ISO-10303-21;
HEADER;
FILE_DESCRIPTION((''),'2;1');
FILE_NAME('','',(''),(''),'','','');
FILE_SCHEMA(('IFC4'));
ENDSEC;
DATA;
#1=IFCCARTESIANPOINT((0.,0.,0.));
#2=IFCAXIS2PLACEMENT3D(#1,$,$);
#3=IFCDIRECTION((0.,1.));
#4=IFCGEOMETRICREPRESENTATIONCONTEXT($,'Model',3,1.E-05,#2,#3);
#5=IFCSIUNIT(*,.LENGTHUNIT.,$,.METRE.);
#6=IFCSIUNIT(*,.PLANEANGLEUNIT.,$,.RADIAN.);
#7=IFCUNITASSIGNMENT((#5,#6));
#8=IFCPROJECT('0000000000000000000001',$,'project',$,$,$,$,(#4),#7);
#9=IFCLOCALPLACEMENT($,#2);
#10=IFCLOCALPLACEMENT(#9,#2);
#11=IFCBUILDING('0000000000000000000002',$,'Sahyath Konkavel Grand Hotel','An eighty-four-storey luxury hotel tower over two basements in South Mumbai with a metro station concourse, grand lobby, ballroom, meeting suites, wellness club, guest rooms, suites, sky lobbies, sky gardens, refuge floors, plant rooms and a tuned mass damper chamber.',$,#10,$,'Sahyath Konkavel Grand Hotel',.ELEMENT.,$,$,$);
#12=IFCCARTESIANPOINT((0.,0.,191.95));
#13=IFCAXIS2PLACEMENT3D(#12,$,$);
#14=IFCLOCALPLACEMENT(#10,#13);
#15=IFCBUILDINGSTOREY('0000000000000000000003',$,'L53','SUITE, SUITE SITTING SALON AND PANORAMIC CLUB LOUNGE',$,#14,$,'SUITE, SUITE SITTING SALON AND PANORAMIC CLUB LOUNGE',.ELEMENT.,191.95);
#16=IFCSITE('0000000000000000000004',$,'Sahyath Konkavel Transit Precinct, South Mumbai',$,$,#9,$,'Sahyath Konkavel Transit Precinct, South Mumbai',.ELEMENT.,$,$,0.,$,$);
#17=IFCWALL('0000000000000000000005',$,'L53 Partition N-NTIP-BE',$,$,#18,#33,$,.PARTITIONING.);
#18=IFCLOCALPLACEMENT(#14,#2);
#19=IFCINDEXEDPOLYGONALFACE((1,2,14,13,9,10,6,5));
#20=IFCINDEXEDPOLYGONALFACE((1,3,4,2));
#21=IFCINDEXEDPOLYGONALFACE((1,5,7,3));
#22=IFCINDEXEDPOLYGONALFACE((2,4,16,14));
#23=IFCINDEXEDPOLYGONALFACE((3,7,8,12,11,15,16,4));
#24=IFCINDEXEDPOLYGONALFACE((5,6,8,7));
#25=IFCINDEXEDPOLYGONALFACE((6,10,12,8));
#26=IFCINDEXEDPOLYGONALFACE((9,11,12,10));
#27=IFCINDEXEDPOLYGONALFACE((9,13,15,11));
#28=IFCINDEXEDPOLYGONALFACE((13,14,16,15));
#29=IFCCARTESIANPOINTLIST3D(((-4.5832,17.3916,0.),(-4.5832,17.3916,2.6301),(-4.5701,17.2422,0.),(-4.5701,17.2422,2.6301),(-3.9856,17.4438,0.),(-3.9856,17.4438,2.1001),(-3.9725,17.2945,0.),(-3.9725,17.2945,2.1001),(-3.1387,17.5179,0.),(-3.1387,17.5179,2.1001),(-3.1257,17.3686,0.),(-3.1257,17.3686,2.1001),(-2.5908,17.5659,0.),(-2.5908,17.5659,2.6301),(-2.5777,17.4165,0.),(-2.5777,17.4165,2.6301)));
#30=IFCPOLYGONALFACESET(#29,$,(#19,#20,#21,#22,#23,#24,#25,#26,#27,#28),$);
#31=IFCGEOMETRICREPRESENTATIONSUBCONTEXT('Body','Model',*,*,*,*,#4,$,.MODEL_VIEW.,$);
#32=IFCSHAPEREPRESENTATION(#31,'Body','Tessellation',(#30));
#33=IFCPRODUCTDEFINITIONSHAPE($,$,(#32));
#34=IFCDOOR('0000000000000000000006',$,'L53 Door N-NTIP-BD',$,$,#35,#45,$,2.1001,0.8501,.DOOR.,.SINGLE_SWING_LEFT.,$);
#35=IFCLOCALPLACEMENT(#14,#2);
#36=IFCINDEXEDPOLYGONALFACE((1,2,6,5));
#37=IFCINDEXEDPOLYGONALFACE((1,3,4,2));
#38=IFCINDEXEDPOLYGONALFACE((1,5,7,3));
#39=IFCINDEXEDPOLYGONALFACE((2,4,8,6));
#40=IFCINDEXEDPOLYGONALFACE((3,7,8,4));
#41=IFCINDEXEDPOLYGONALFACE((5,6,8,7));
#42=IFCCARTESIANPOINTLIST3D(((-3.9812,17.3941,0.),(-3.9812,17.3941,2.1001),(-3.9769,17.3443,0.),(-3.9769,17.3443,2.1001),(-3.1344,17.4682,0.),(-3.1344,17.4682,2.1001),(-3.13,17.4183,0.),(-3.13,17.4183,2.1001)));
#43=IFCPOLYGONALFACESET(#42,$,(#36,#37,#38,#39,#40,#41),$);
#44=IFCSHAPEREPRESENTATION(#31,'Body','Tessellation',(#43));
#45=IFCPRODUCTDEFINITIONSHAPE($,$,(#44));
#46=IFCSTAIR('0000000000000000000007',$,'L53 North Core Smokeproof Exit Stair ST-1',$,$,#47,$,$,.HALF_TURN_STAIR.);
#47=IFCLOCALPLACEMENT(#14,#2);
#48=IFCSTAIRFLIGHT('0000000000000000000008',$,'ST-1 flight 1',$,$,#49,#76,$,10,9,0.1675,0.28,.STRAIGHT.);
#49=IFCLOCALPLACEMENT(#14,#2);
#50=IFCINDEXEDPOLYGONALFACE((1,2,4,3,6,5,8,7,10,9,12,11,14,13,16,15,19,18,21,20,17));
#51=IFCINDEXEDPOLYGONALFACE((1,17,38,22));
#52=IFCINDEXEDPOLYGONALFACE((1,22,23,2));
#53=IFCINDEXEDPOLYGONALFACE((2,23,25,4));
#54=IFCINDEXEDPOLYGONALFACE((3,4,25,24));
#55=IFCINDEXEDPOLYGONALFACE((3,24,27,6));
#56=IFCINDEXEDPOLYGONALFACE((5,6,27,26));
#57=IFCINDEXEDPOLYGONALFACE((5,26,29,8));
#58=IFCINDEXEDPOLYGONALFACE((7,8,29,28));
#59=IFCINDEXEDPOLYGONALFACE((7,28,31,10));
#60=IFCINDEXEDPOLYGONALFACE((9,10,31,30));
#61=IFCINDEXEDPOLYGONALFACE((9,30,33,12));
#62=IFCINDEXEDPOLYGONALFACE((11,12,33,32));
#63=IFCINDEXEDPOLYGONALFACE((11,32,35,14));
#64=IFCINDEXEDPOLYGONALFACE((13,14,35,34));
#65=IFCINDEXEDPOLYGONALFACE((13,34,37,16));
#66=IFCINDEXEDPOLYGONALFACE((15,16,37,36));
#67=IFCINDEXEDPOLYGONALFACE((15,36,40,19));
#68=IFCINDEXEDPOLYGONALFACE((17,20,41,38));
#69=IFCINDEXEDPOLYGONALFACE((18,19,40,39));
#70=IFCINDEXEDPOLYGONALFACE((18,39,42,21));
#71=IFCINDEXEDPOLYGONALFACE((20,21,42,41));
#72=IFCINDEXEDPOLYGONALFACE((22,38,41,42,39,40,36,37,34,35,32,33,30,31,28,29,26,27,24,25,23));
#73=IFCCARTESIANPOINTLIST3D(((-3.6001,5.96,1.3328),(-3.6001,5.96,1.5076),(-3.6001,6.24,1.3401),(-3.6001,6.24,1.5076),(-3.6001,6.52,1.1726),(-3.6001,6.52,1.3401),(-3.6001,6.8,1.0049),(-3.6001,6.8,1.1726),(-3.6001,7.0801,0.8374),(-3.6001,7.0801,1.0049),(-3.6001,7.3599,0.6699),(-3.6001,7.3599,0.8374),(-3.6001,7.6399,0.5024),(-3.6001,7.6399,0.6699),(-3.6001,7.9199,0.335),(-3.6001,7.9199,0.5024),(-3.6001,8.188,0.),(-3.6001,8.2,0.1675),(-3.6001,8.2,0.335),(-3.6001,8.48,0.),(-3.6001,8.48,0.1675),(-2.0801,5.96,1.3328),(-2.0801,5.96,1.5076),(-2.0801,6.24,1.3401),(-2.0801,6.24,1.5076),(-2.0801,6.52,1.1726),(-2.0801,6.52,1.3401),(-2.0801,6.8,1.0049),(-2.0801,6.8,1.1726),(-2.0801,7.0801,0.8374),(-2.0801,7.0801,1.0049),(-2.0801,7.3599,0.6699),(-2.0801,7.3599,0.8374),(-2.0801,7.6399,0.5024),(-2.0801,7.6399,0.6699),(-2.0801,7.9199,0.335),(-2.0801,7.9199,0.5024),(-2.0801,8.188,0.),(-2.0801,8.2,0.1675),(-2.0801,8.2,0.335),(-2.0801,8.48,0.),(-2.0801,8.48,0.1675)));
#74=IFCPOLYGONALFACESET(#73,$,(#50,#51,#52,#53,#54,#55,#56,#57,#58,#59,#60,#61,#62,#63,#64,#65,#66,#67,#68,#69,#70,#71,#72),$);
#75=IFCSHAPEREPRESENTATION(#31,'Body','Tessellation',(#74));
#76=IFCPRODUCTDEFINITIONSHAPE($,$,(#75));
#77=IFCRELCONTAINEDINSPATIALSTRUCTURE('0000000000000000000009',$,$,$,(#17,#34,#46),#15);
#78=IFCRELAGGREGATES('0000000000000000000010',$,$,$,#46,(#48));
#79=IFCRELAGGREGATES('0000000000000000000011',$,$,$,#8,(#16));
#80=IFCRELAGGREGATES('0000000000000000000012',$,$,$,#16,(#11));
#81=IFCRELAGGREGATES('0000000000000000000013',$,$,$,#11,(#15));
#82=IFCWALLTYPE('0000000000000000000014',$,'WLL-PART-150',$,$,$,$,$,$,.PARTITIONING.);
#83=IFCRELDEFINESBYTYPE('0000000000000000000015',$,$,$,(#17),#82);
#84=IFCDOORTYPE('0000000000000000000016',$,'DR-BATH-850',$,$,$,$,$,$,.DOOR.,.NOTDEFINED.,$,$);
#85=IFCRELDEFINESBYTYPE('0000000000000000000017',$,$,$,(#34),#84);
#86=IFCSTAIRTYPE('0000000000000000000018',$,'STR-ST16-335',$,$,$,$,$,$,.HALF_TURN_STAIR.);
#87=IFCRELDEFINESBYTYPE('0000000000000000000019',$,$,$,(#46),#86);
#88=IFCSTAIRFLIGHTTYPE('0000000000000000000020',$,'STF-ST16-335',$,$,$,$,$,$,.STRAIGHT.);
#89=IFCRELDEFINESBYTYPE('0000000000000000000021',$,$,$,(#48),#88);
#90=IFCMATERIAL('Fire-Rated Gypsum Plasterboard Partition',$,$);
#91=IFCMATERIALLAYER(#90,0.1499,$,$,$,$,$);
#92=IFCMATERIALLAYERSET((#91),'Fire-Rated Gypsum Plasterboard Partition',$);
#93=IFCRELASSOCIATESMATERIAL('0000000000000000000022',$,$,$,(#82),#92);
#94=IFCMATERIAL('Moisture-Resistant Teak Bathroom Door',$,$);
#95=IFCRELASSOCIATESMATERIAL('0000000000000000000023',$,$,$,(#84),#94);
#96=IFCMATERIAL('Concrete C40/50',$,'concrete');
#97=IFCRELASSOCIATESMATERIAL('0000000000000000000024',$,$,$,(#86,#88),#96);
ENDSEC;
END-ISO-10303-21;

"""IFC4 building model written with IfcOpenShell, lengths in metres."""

from ifc_helpers import new_model, si_unit, direction, frame, frame_2d, origin, origin_2d, place, context, subcontext, project, spatial, polyline, rectangle, outline, extrude, source, transform, mapped, material, layer, layer_set, type_object, element, fill, aggregate, save


model = new_model("IFC4")

# Units and contexts
model_context = context("Model", 3, precision=1e-05, world=origin(), true_north=direction((0.0, 1.0)))
body_context = subcontext(model_context, "Body", "Model", "MODEL_VIEW")
ifc_project = project(units=[si_unit("LENGTHUNIT", "METRE"), si_unit("PLANEANGLEUNIT", "RADIAN")], contexts=[model_context])

# Site, building, storey
site_placement = place(None, origin())
site = spatial("IfcSite", under=ifc_project, at=site_placement, Name="Sahyath Konkavel Transit Precinct, South Mumbai", LongName="Sahyath Konkavel Transit Precinct, South Mumbai", CompositionType="ELEMENT", RefElevation=0.0)
building_placement = place(site_placement, origin())
building = spatial("IfcBuilding", under=site, at=building_placement, Name="Sahyath Konkavel Grand Hotel", Description="An eighty-four-storey luxury hotel tower over two basements in South Mumbai with a metro station concourse, grand lobby, ballroom, meeting suites, wellness club, guest rooms, suites, sky lobbies, sky gardens, refuge floors, plant rooms and a tuned mass damper chamber.", LongName="Sahyath Konkavel Grand Hotel", CompositionType="ELEMENT")
storey_placement = place(building_placement, frame((0.0, 0.0, 191.95)))
storey = spatial("IfcBuildingStorey", under=building, at=storey_placement, Name="L53", Description="SUITE, SUITE SITTING SALON AND PANORAMIC CLUB LOUNGE", LongName="SUITE, SUITE SITTING SALON AND PANORAMIC CLUB LOUNGE", CompositionType="ELEMENT", Elevation=191.95)

# Shared definitions
ifc_material_1 = material(Name="Fire-Rated Gypsum Plasterboard Partition")
ifc_layer_1 = layer(ifc_material_1, 0.1499)
ifc_layer_set_1 = layer_set([ifc_layer_1], Name="Fire-Rated Gypsum Plasterboard Partition")
wall_type_1 = type_object("IfcWallType", Name="WLL-PART-150", PredefinedType="PARTITIONING", material=ifc_layer_set_1)

# Wall, opening, door
wall_1_placement = place(storey_placement, frame((-2.5842, 17.4912, 0.0), z_axis=(0.0, 0.0, 1.0), x_axis=(-0.996195, -0.087156, 0.0)))
wall_1 = element("IfcWall", 1, at=wall_1_placement, inside=storey, type_object=wall_type_1, Name="L53 Partition N-NTIP-BE", PredefinedType="PARTITIONING", context=body_context, shape_type="SweptSolid", body=[
    extrude(rectangle(XDim=2.0, YDim=0.1499, at=frame_2d((1.0, 0.0))), origin(), (0.0, 0.0, 1.0), 2.6301),
])
opening_placement = place(wall_1_placement, frame((0.55, 0.0, 0.0)))
opening = element("IfcOpeningElement", 2, at=opening_placement, cuts=wall_1, PredefinedType="OPENING", context=body_context, shape_type="SweptSolid", body=[
    extrude(rectangle(XDim=0.8501, YDim=2.1001, at=frame_2d((0.425, 1.05))), frame((0.0, 0.085, 0.0), z_axis=(0.0, -1.0, 0.0), x_axis=(1.0, 0.0, 0.0)), (0.0, 0.0, 1.0), 0.1699),
])
ifc_material_2 = material(Name="Moisture-Resistant Teak Bathroom Door")
door_type = type_object("IfcDoorType", Name="DR-BATH-850", OperationType="NOTDEFINED", PredefinedType="DOOR", material=ifc_material_2)
shared_shape_1 = source(origin(), body_context, "Body", "SweptSolid", [
    extrude(rectangle(XDim=0.8501, YDim=0.05, at=origin_2d()), origin(), (0.0, 0.0, 1.0), 2.1001),
])
door_placement = place(opening_placement, frame((0.425, 0.0, 0.0)))
door = element("IfcDoor", 3, at=door_placement, inside=storey, type_object=door_type, Name="L53 Door N-NTIP-BD", OperationType="SINGLE_SWING_LEFT", OverallHeight=2.1001, OverallWidth=0.8501, PredefinedType="DOOR", context=body_context, shape_type="MappedRepresentation", body=[
    mapped(shared_shape_1, transform((0.0, 0.0, 0.0), scale=1.0)),
])
fill(opening, door)

# Stair, stair flight
ifc_material_3 = material(Name="Concrete C40/50", Category="concrete")
stair_type = type_object("IfcStairType", Name="STR-ST16-335", PredefinedType="HALF_TURN_STAIR", material=ifc_material_3)
stair_placement = place(storey_placement, origin())
stair = element("IfcStair", 4, at=stair_placement, inside=storey, type_object=stair_type, Name="L53 North Core Smokeproof Exit Stair ST-1", PredefinedType="HALF_TURN_STAIR")
stair_flight_type = type_object("IfcStairFlightType", Name="STF-ST16-335", PredefinedType="STRAIGHT", material=ifc_material_3)
stair_flight_placement = place(storey_placement, frame((-2.8401, 8.48, 0.0), z_axis=(0.0, 0.0, 1.0), x_axis=(0.0, -1.0, 0.0)))
stair_flight = element("IfcStairFlight", 5, at=stair_flight_placement, type_object=stair_flight_type, Name="ST-1 flight 1", NumberOfRisers=10, NumberOfTreads=9, PredefinedType="STRAIGHT", RiserHeight=0.1675, TreadLength=0.28, context=body_context, shape_type="SweptSolid", body=[
    extrude(outline(polyline([(0.0, 0.0), (0.0, 0.1675), (0.28, 0.1675), (0.28, 0.335), (0.5601, 0.335), (0.5601, 0.5024), (0.8401, 0.5024), (0.8401, 0.6699), (1.1201, 0.6699), (1.1201, 0.8374), (1.3999, 0.8374), (1.3999, 1.0049), (1.6799, 1.0049), (1.6799, 1.1726), (1.96, 1.1726), (1.96, 1.3401), (2.24, 1.3401), (2.24, 1.5076), (2.52, 1.5076), (2.52, 1.675), (2.52, 1.3328), (0.292, 0.0), (0.0, 0.0)])), frame((0.0, 0.76, 0.0), z_axis=(0.0, -1.0, 0.0), x_axis=(1.0, 0.0, 0.0)), (0.0, 0.0, 1.0), 1.52),
])
aggregate(stair, [stair_flight])

save(model, "model.ifc")
